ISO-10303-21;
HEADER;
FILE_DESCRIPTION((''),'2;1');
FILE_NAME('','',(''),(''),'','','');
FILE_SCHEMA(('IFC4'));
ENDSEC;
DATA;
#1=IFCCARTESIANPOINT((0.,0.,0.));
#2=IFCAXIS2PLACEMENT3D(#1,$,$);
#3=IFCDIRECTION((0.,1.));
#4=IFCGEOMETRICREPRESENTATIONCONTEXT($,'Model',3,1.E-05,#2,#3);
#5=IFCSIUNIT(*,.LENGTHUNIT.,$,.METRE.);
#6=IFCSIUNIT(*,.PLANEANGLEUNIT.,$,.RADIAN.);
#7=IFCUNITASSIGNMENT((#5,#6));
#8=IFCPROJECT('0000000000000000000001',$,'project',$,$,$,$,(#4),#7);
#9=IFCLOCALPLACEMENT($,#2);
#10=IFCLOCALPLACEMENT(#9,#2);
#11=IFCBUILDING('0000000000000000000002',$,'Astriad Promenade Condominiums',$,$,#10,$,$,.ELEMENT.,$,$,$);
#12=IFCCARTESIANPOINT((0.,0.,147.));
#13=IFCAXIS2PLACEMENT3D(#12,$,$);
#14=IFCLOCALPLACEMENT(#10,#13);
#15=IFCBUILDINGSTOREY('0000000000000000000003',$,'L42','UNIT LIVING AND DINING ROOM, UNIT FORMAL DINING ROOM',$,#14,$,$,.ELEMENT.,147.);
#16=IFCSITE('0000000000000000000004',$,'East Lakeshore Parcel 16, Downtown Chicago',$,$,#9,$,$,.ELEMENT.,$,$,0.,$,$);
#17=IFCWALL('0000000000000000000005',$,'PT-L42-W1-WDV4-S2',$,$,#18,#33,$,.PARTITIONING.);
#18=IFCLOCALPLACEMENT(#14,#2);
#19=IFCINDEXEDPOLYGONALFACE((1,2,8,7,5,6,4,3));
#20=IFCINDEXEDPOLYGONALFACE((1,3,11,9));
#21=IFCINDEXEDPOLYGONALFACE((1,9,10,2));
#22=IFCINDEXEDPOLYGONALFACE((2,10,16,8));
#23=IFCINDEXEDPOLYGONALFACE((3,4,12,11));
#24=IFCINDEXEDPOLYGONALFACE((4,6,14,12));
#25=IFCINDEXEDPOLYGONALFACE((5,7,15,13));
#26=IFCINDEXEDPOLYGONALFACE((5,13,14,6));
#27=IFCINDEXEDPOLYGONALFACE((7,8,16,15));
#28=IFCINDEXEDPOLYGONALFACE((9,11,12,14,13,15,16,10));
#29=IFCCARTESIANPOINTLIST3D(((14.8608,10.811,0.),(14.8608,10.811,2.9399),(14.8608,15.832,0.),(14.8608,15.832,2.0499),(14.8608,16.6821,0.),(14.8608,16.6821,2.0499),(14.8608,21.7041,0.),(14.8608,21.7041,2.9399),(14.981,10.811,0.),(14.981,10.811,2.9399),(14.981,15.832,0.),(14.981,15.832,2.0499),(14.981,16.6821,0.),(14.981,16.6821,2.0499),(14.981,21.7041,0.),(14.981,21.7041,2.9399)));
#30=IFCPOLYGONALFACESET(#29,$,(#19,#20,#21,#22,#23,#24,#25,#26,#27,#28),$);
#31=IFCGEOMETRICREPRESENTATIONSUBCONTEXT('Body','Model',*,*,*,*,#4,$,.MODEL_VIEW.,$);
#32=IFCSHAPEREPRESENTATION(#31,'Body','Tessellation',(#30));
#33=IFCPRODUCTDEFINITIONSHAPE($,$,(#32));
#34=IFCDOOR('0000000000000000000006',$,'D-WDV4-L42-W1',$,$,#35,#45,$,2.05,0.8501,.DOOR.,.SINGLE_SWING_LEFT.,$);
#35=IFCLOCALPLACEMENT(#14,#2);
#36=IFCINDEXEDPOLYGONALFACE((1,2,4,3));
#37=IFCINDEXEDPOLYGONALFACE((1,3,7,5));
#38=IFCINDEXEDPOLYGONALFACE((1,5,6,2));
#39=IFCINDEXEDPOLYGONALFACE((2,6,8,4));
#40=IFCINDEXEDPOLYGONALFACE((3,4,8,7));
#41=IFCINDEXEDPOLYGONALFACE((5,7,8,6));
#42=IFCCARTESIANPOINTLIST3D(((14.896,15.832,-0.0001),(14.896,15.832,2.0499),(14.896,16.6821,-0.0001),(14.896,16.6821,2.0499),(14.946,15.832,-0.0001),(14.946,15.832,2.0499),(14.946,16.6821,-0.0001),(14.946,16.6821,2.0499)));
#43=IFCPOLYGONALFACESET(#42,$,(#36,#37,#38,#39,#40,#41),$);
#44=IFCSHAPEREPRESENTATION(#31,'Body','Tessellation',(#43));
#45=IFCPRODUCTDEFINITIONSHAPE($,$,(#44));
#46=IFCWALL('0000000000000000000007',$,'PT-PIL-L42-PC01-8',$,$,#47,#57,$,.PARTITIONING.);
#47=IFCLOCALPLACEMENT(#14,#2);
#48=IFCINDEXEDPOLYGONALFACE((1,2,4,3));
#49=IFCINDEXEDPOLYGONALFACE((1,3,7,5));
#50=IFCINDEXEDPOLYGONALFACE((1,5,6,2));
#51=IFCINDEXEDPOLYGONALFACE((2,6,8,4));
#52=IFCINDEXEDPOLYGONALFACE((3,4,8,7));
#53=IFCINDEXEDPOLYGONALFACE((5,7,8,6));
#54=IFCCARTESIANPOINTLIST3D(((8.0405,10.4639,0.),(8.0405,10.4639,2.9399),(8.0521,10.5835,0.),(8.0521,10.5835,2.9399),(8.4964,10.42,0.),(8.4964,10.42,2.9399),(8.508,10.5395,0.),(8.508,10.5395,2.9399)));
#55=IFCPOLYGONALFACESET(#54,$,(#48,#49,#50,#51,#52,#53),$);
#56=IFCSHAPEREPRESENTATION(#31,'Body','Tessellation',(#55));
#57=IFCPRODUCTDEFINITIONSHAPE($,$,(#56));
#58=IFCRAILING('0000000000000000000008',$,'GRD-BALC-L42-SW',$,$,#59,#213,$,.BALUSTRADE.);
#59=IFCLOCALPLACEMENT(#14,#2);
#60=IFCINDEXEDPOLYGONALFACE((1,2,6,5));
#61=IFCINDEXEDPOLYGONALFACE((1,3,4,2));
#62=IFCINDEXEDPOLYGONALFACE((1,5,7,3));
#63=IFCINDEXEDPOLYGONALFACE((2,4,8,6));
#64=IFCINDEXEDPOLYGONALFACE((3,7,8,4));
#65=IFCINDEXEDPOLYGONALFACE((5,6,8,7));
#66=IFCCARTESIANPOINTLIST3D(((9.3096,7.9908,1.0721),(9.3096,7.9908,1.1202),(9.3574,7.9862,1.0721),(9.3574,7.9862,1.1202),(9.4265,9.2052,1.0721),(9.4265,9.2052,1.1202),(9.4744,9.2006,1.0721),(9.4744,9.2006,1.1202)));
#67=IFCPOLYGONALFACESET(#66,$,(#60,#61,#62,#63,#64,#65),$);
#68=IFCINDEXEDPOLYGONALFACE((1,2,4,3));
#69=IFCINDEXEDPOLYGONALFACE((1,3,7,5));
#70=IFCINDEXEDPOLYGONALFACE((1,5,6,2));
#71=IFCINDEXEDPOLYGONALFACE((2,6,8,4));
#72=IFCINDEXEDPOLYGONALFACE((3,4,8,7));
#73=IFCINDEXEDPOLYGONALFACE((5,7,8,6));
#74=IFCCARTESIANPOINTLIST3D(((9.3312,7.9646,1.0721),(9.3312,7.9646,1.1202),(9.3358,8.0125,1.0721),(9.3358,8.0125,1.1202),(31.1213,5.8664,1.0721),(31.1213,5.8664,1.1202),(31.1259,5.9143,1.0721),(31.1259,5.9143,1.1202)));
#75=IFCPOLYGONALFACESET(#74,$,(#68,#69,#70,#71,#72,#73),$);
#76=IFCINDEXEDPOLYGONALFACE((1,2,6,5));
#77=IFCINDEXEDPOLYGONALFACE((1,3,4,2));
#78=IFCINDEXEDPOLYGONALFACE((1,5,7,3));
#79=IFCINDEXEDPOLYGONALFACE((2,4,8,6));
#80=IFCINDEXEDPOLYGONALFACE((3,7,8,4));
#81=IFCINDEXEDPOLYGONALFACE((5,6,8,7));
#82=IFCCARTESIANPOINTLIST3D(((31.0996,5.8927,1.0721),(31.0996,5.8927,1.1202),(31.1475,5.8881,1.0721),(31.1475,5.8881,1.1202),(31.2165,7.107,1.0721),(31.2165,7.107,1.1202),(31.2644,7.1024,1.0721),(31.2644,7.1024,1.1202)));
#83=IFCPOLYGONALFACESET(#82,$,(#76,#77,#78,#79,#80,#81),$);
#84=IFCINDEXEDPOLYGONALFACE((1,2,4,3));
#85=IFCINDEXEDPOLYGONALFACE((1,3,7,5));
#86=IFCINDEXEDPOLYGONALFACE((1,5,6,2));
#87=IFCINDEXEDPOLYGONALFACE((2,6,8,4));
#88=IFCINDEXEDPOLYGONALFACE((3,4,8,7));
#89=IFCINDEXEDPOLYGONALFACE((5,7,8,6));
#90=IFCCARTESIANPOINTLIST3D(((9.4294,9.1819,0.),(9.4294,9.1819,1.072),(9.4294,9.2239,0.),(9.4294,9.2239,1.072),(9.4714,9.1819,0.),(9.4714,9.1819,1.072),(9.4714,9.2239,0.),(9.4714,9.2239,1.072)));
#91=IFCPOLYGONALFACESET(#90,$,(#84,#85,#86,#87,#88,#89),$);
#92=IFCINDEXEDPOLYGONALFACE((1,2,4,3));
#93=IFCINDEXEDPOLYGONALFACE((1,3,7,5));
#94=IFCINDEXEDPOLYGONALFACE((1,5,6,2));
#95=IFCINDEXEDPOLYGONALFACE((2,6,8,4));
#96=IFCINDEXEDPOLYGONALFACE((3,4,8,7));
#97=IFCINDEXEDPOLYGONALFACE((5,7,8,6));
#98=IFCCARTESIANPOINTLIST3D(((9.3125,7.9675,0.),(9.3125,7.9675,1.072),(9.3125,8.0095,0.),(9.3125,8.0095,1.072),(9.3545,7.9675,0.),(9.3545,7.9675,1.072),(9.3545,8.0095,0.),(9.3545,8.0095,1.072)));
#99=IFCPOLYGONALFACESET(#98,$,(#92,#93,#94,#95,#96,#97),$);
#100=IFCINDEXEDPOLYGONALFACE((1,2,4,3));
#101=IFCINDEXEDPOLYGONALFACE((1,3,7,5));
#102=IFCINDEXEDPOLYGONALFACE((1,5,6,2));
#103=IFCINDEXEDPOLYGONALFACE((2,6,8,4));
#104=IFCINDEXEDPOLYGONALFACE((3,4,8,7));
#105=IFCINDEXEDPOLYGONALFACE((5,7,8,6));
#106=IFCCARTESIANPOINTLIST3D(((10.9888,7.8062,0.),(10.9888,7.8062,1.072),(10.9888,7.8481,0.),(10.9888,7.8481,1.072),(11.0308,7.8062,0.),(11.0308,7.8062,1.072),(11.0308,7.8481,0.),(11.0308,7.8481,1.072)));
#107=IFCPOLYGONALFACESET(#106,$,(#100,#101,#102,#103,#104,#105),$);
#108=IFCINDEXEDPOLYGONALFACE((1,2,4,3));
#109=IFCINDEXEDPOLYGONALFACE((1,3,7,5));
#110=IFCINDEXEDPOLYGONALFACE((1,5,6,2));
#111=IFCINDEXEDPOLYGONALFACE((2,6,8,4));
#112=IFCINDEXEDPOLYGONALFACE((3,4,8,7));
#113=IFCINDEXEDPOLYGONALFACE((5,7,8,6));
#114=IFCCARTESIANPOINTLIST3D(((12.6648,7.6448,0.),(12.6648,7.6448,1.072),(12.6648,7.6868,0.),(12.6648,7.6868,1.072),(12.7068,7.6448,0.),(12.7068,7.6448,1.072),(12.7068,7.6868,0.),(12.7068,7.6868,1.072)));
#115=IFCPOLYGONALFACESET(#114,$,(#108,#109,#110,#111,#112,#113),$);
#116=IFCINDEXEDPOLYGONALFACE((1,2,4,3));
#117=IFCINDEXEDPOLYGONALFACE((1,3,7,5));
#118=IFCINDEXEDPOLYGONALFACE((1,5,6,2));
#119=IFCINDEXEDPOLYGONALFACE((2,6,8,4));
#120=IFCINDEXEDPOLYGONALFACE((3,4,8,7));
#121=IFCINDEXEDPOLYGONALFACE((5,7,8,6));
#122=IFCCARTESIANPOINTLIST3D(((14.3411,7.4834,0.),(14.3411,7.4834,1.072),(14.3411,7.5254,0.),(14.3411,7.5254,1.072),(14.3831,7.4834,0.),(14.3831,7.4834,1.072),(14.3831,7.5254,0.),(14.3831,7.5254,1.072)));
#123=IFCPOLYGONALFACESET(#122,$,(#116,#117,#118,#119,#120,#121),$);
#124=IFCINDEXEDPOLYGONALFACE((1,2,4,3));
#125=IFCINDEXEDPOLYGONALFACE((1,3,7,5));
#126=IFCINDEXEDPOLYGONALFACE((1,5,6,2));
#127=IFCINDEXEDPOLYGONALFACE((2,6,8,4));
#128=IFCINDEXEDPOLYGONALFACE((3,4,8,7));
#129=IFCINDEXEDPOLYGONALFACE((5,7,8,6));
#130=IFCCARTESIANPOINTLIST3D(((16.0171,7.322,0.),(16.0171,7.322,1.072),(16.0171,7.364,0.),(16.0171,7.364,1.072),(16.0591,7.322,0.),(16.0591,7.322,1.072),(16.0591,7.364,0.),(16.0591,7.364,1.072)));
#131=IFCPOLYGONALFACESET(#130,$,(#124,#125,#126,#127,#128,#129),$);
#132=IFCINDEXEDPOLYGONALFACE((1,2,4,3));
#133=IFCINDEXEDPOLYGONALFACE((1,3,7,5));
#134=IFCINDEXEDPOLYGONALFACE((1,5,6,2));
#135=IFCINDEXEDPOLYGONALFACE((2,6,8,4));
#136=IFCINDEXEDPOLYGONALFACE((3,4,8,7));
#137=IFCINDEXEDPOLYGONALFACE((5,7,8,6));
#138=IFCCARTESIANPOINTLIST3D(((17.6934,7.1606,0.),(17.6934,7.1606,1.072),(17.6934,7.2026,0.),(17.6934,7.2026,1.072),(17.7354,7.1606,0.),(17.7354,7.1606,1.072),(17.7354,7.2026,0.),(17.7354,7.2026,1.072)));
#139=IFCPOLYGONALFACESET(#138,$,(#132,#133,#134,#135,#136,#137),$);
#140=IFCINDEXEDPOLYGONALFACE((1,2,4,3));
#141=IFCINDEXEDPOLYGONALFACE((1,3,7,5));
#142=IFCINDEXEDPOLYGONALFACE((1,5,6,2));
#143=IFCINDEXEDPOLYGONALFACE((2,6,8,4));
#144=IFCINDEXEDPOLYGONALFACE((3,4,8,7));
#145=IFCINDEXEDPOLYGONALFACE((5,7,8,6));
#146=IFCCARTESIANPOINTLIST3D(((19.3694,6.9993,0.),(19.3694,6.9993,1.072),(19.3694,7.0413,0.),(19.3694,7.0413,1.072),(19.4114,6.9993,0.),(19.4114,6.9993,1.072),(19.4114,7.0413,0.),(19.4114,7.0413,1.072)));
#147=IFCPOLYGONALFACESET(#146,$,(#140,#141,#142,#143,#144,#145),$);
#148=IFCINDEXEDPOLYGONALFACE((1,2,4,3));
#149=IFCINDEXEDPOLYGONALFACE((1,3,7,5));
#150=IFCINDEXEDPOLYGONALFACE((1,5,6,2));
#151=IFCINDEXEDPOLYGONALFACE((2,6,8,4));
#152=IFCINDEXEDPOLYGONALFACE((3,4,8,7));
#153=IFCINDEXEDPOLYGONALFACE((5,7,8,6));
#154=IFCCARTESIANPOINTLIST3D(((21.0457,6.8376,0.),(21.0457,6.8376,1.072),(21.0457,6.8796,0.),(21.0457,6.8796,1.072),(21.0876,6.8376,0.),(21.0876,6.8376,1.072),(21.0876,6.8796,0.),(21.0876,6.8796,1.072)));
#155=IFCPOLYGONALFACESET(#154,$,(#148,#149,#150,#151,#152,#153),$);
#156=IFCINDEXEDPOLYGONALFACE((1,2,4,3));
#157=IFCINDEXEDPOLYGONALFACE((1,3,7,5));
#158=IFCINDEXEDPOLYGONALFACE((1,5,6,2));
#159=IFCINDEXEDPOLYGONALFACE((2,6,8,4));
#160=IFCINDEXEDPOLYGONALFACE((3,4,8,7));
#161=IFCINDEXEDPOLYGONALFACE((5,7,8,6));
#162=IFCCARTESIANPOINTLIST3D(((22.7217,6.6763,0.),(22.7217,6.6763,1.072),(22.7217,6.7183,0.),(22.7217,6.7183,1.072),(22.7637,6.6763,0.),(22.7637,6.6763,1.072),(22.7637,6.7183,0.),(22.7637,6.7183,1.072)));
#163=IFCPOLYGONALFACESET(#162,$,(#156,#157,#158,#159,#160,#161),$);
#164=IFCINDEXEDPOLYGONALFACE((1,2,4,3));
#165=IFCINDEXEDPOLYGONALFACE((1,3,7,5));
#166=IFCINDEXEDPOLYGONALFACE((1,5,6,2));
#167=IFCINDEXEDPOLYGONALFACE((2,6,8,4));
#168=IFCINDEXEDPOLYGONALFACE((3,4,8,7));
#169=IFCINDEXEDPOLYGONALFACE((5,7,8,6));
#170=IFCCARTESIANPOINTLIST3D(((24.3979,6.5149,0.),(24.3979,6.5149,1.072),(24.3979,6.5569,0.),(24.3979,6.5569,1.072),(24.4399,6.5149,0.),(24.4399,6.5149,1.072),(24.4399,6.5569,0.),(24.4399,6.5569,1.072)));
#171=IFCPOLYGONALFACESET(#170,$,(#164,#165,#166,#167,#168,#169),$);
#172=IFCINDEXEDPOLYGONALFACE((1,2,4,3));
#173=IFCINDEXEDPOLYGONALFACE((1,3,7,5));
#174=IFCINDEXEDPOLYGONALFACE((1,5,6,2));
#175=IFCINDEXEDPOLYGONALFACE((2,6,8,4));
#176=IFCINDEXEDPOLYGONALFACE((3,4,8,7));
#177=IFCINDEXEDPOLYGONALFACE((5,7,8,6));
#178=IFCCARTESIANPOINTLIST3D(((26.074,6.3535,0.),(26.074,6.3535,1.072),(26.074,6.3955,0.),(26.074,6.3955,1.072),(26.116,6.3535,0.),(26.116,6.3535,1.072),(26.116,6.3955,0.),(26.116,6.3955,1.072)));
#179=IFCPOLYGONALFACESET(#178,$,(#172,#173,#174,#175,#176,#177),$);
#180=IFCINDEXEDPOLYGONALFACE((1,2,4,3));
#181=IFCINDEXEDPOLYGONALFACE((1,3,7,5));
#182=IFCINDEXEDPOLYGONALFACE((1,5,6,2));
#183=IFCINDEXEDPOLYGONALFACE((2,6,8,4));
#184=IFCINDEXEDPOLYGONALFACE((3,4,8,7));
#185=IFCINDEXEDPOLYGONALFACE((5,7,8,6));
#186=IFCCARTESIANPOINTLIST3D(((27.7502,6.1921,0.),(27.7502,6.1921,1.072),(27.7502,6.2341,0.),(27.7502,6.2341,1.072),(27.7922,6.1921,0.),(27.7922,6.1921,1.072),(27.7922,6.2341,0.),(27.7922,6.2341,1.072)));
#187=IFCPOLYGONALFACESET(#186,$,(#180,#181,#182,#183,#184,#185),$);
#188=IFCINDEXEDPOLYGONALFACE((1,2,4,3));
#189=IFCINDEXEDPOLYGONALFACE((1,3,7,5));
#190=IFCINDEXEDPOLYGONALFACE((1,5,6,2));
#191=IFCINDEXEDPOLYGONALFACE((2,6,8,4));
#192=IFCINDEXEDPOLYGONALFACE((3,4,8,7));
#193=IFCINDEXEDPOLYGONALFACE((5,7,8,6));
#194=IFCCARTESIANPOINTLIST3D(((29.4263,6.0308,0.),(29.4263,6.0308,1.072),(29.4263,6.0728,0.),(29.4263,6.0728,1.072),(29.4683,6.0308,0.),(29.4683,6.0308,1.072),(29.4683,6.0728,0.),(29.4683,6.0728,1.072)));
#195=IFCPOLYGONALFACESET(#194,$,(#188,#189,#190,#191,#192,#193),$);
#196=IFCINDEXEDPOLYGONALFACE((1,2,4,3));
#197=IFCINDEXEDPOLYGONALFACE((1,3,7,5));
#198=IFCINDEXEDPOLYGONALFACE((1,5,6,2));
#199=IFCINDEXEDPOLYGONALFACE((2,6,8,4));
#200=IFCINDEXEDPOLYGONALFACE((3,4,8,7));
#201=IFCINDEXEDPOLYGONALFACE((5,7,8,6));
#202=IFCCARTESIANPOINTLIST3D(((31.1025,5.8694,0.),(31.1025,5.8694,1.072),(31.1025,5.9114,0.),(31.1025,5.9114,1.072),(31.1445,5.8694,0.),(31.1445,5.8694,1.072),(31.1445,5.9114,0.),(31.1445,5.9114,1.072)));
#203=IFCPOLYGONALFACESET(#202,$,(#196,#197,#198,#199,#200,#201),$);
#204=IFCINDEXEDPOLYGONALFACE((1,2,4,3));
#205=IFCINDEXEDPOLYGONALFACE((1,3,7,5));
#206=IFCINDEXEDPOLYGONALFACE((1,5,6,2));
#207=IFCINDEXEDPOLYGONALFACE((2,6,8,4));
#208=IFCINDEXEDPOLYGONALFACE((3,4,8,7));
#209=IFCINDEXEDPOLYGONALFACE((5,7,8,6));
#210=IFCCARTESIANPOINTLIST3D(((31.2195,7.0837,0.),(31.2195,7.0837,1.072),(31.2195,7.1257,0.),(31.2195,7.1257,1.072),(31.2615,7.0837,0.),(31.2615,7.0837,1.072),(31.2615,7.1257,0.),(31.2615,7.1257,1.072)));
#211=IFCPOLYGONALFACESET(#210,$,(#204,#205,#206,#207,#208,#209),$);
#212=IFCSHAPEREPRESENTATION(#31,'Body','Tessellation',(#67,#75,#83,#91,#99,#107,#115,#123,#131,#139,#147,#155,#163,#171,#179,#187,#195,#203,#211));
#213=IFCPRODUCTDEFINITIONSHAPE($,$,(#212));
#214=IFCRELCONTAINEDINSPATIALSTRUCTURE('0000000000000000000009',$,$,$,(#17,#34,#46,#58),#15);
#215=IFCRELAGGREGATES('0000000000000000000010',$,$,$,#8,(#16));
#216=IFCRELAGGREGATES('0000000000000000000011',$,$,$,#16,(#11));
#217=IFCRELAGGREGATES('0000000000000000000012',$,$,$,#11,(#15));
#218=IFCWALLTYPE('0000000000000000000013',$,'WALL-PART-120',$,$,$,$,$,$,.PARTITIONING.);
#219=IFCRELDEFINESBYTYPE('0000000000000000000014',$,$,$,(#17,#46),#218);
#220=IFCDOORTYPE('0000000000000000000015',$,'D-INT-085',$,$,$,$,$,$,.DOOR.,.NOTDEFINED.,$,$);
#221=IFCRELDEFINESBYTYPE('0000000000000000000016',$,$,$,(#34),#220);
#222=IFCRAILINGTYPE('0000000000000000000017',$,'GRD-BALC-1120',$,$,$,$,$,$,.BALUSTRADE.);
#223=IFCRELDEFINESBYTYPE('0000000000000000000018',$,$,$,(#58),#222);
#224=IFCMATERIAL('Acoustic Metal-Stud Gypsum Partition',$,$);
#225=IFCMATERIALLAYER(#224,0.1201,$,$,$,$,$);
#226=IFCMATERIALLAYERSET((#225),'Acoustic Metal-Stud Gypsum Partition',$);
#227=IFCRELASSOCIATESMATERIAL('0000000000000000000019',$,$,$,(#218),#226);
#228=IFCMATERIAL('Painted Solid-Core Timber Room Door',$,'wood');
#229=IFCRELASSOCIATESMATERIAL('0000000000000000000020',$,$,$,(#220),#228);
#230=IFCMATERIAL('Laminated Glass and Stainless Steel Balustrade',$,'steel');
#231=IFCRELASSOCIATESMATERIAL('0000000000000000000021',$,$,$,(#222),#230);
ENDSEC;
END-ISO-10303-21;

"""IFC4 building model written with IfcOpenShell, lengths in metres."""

from ifc_helpers import new_model, si_unit, direction, frame, frame_2d, origin, origin_2d, place, context, subcontext, project, spatial, rectangle, extrude, source, transform, mapped, material, layer, layer_set, type_object, type_shapes, element, fill, save


model = new_model("IFC4")

# Units and contexts
model_context = context("Model", 3, precision=1e-05, world=origin(), true_north=direction((0.0, 1.0)))
body_context = subcontext(model_context, "Body", "Model", "MODEL_VIEW")
ifc_project = project(units=[si_unit("LENGTHUNIT", "METRE"), si_unit("PLANEANGLEUNIT", "RADIAN")], contexts=[model_context])

# Site, building, storey
site_placement = place(None, origin())
site = spatial("IfcSite", under=ifc_project, at=site_placement, Name="East Lakeshore Parcel 16, Downtown Chicago", CompositionType="ELEMENT", RefElevation=0.0)
building_placement = place(site_placement, origin())
building = spatial("IfcBuilding", under=site, at=building_placement, Name="Astriad Promenade Condominiums", CompositionType="ELEMENT")
storey_placement = place(building_placement, frame((0.0, 0.0, 147.0)))
storey = spatial("IfcBuildingStorey", under=building, at=storey_placement, Name="L42", Description="UNIT LIVING AND DINING ROOM, UNIT FORMAL DINING ROOM", CompositionType="ELEMENT", Elevation=147.0)

# Shared definitions
ifc_material_1 = material(Name="Acoustic Metal-Stud Gypsum Partition")
ifc_layer_1 = layer(ifc_material_1, 0.1201)
ifc_layer_set_1 = layer_set([ifc_layer_1], Name="Acoustic Metal-Stud Gypsum Partition")
wall_type_1 = type_object("IfcWallType", Name="WALL-PART-120", PredefinedType="PARTITIONING", material=ifc_layer_set_1)
ifc_material_2 = material(Name="Painted Solid-Core Timber Room Door", Category="wood")
door_type_1 = type_object("IfcDoorType", Name="D-INT-085", OperationType="NOTDEFINED", PredefinedType="DOOR", material=ifc_material_2)
shared_shape_1 = source(origin(), body_context, "Body", "SweptSolid", [
    extrude(rectangle(XDim=0.8501, YDim=2.05, at=frame_2d((0.425, 1.0249))), frame((0.0, 0.0249, 0.0), z_axis=(0.0, -1.0, 0.0), x_axis=(1.0, 0.0, 0.0)), (0.0, 0.0, 1.0), 0.05),
])
type_shapes(door_type_1, [shared_shape_1])

# Wall, opening, door
wall_1_placement = place(storey_placement, frame((14.9209, 10.811, 0.0), z_axis=(0.0, 0.0, 1.0), x_axis=(0.0, 1.0, 0.0)))
wall_1 = element("IfcWall", 1, at=wall_1_placement, inside=storey, type_object=wall_type_1, Name="PT-L42-W1-WDV4-S2", PredefinedType="PARTITIONING", context=body_context, shape_type="SweptSolid", body=[
    extrude(rectangle(XDim=10.8931, YDim=0.1201, at=frame_2d((5.4465, 0.0))), origin(), (0.0, 0.0, 1.0), 2.9399),
])
opening_1_placement = place(wall_1_placement, frame((5.021, 0.0, 0.0)))
opening_1 = element("IfcOpeningElement", 2, at=opening_1_placement, cuts=wall_1, PredefinedType="OPENING", context=body_context, shape_type="SweptSolid", body=[
    extrude(rectangle(XDim=0.8501, YDim=2.05, at=frame_2d((0.425, 1.0249))), frame((0.0, 0.0701, 0.0), z_axis=(0.0, -1.0, 0.0), x_axis=(1.0, 0.0, 0.0)), (0.0, 0.0, 1.0), 0.1401),
])
door_1_placement = place(opening_1_placement, origin())
door_1 = element("IfcDoor", 3, at=door_1_placement, inside=storey, type_object=door_type_1, Name="D-WDV4-L42-W1", OperationType="SINGLE_SWING_LEFT", OverallHeight=2.05, OverallWidth=0.8501, PredefinedType="DOOR", context=body_context, shape_type="MappedRepresentation", body=[
    mapped(shared_shape_1, transform((0.0, 0.0, 0.0), scale=1.0)),
])
fill(opening_1, door_1)

# Wall
wall_2_placement = place(storey_placement, frame((8.5022, 10.4797, 0.0), z_axis=(0.0, 0.0, 1.0), x_axis=(-0.995385, 0.095966, 0.0)))
element("IfcWall", 4, at=wall_2_placement, inside=storey, type_object=wall_type_1, Name="PT-PIL-L42-PC01-8", PredefinedType="PARTITIONING", context=body_context, shape_type="SweptSolid", body=[
    extrude(rectangle(XDim=0.458, YDim=0.1201, at=frame_2d((0.229, 0.0))), origin(), (0.0, 0.0, 1.0), 2.9399),
])

# Railing
ifc_material_3 = material(Name="Laminated Glass and Stainless Steel Balustrade", Category="steel")
railing_type = type_object("IfcRailingType", Name="GRD-BALC-1120", PredefinedType="BALUSTRADE", material=ifc_material_3)
shared_shape_2 = source(origin(), body_context, "Body", "SweptSolid", [
    extrude(rectangle(XDim=0.0481, YDim=0.0481, at=origin_2d()), frame((0.0, 0.0, 1.0962), z_axis=(-0.095857, -0.995395, 0.0), x_axis=(0.995395, -0.095857, 0.0)), (0.0, 0.0, 1.0), 1.22),
    extrude(rectangle(XDim=0.0481, YDim=0.0481, at=origin_2d()), frame((-0.1169, -1.2144, 1.0962), z_axis=(0.995396, -0.095846, 0.0), x_axis=(0.095846, 0.995396, 0.0)), (0.0, 0.0, 1.0), 21.8909),
    extrude(rectangle(XDim=0.0481, YDim=0.0481, at=origin_2d()), frame((21.6731, -3.3125, 1.0962), z_axis=(0.095857, 0.995395, 0.0), x_axis=(-0.995395, 0.095857, 0.0)), (0.0, 0.0, 1.0), 1.22),
    extrude(rectangle(XDim=0.042, YDim=0.042, at=origin_2d()), origin(), (0.0, 0.0, 1.0), 1.072),
    extrude(rectangle(XDim=0.042, YDim=0.042, at=origin_2d()), frame((-0.1169, -1.2144, 0.0)), (0.0, 0.0, 1.0), 1.072),
    extrude(rectangle(XDim=0.042, YDim=0.042, at=origin_2d()), frame((1.5593, -1.3757, 0.0)), (0.0, 0.0, 1.0), 1.072),
    extrude(rectangle(XDim=0.042, YDim=0.042, at=origin_2d()), frame((3.2354, -1.5371, 0.0)), (0.0, 0.0, 1.0), 1.072),
    extrude(rectangle(XDim=0.042, YDim=0.042, at=origin_2d()), frame((4.9116, -1.6985, 0.0)), (0.0, 0.0, 1.0), 1.072),
    extrude(rectangle(XDim=0.042, YDim=0.042, at=origin_2d()), frame((6.5876, -1.8599, 0.0)), (0.0, 0.0, 1.0), 1.072),
    extrude(rectangle(XDim=0.042, YDim=0.042, at=origin_2d()), frame((8.2639, -2.0212, 0.0)), (0.0, 0.0, 1.0), 1.072),
    extrude(rectangle(XDim=0.042, YDim=0.042, at=origin_2d()), frame((9.9399, -2.1826, 0.0)), (0.0, 0.0, 1.0), 1.072),
    extrude(rectangle(XDim=0.042, YDim=0.042, at=origin_2d()), frame((11.6162, -2.3442, 0.0)), (0.0, 0.0, 1.0), 1.072),
    extrude(rectangle(XDim=0.042, YDim=0.042, at=origin_2d()), frame((13.2922, -2.5056, 0.0)), (0.0, 0.0, 1.0), 1.072),
    extrude(rectangle(XDim=0.042, YDim=0.042, at=origin_2d()), frame((14.9685, -2.667, 0.0)), (0.0, 0.0, 1.0), 1.072),
    extrude(rectangle(XDim=0.042, YDim=0.042, at=origin_2d()), frame((16.6445, -2.8284, 0.0)), (0.0, 0.0, 1.0), 1.072),
    extrude(rectangle(XDim=0.042, YDim=0.042, at=origin_2d()), frame((18.3208, -2.9897, 0.0)), (0.0, 0.0, 1.0), 1.072),
    extrude(rectangle(XDim=0.042, YDim=0.042, at=origin_2d()), frame((19.9968, -3.1511, 0.0)), (0.0, 0.0, 1.0), 1.072),
    extrude(rectangle(XDim=0.042, YDim=0.042, at=origin_2d()), frame((21.6731, -3.3125, 0.0)), (0.0, 0.0, 1.0), 1.072),
    extrude(rectangle(XDim=0.042, YDim=0.042, at=origin_2d()), frame((21.79, -2.0981, 0.0)), (0.0, 0.0, 1.0), 1.072),
])
type_shapes(railing_type, [shared_shape_2])
railing_placement = place(storey_placement, frame((9.4504, 9.2029, 0.0)))
element("IfcRailing", 5, at=railing_placement, inside=storey, type_object=railing_type, Name="GRD-BALC-L42-SW", PredefinedType="BALUSTRADE", context=body_context, shape_type="MappedRepresentation", body=[
    mapped(shared_shape_2, transform((0.0, 0.0, 0.0), scale=1.0)),
])

save(model, "model.ifc")
